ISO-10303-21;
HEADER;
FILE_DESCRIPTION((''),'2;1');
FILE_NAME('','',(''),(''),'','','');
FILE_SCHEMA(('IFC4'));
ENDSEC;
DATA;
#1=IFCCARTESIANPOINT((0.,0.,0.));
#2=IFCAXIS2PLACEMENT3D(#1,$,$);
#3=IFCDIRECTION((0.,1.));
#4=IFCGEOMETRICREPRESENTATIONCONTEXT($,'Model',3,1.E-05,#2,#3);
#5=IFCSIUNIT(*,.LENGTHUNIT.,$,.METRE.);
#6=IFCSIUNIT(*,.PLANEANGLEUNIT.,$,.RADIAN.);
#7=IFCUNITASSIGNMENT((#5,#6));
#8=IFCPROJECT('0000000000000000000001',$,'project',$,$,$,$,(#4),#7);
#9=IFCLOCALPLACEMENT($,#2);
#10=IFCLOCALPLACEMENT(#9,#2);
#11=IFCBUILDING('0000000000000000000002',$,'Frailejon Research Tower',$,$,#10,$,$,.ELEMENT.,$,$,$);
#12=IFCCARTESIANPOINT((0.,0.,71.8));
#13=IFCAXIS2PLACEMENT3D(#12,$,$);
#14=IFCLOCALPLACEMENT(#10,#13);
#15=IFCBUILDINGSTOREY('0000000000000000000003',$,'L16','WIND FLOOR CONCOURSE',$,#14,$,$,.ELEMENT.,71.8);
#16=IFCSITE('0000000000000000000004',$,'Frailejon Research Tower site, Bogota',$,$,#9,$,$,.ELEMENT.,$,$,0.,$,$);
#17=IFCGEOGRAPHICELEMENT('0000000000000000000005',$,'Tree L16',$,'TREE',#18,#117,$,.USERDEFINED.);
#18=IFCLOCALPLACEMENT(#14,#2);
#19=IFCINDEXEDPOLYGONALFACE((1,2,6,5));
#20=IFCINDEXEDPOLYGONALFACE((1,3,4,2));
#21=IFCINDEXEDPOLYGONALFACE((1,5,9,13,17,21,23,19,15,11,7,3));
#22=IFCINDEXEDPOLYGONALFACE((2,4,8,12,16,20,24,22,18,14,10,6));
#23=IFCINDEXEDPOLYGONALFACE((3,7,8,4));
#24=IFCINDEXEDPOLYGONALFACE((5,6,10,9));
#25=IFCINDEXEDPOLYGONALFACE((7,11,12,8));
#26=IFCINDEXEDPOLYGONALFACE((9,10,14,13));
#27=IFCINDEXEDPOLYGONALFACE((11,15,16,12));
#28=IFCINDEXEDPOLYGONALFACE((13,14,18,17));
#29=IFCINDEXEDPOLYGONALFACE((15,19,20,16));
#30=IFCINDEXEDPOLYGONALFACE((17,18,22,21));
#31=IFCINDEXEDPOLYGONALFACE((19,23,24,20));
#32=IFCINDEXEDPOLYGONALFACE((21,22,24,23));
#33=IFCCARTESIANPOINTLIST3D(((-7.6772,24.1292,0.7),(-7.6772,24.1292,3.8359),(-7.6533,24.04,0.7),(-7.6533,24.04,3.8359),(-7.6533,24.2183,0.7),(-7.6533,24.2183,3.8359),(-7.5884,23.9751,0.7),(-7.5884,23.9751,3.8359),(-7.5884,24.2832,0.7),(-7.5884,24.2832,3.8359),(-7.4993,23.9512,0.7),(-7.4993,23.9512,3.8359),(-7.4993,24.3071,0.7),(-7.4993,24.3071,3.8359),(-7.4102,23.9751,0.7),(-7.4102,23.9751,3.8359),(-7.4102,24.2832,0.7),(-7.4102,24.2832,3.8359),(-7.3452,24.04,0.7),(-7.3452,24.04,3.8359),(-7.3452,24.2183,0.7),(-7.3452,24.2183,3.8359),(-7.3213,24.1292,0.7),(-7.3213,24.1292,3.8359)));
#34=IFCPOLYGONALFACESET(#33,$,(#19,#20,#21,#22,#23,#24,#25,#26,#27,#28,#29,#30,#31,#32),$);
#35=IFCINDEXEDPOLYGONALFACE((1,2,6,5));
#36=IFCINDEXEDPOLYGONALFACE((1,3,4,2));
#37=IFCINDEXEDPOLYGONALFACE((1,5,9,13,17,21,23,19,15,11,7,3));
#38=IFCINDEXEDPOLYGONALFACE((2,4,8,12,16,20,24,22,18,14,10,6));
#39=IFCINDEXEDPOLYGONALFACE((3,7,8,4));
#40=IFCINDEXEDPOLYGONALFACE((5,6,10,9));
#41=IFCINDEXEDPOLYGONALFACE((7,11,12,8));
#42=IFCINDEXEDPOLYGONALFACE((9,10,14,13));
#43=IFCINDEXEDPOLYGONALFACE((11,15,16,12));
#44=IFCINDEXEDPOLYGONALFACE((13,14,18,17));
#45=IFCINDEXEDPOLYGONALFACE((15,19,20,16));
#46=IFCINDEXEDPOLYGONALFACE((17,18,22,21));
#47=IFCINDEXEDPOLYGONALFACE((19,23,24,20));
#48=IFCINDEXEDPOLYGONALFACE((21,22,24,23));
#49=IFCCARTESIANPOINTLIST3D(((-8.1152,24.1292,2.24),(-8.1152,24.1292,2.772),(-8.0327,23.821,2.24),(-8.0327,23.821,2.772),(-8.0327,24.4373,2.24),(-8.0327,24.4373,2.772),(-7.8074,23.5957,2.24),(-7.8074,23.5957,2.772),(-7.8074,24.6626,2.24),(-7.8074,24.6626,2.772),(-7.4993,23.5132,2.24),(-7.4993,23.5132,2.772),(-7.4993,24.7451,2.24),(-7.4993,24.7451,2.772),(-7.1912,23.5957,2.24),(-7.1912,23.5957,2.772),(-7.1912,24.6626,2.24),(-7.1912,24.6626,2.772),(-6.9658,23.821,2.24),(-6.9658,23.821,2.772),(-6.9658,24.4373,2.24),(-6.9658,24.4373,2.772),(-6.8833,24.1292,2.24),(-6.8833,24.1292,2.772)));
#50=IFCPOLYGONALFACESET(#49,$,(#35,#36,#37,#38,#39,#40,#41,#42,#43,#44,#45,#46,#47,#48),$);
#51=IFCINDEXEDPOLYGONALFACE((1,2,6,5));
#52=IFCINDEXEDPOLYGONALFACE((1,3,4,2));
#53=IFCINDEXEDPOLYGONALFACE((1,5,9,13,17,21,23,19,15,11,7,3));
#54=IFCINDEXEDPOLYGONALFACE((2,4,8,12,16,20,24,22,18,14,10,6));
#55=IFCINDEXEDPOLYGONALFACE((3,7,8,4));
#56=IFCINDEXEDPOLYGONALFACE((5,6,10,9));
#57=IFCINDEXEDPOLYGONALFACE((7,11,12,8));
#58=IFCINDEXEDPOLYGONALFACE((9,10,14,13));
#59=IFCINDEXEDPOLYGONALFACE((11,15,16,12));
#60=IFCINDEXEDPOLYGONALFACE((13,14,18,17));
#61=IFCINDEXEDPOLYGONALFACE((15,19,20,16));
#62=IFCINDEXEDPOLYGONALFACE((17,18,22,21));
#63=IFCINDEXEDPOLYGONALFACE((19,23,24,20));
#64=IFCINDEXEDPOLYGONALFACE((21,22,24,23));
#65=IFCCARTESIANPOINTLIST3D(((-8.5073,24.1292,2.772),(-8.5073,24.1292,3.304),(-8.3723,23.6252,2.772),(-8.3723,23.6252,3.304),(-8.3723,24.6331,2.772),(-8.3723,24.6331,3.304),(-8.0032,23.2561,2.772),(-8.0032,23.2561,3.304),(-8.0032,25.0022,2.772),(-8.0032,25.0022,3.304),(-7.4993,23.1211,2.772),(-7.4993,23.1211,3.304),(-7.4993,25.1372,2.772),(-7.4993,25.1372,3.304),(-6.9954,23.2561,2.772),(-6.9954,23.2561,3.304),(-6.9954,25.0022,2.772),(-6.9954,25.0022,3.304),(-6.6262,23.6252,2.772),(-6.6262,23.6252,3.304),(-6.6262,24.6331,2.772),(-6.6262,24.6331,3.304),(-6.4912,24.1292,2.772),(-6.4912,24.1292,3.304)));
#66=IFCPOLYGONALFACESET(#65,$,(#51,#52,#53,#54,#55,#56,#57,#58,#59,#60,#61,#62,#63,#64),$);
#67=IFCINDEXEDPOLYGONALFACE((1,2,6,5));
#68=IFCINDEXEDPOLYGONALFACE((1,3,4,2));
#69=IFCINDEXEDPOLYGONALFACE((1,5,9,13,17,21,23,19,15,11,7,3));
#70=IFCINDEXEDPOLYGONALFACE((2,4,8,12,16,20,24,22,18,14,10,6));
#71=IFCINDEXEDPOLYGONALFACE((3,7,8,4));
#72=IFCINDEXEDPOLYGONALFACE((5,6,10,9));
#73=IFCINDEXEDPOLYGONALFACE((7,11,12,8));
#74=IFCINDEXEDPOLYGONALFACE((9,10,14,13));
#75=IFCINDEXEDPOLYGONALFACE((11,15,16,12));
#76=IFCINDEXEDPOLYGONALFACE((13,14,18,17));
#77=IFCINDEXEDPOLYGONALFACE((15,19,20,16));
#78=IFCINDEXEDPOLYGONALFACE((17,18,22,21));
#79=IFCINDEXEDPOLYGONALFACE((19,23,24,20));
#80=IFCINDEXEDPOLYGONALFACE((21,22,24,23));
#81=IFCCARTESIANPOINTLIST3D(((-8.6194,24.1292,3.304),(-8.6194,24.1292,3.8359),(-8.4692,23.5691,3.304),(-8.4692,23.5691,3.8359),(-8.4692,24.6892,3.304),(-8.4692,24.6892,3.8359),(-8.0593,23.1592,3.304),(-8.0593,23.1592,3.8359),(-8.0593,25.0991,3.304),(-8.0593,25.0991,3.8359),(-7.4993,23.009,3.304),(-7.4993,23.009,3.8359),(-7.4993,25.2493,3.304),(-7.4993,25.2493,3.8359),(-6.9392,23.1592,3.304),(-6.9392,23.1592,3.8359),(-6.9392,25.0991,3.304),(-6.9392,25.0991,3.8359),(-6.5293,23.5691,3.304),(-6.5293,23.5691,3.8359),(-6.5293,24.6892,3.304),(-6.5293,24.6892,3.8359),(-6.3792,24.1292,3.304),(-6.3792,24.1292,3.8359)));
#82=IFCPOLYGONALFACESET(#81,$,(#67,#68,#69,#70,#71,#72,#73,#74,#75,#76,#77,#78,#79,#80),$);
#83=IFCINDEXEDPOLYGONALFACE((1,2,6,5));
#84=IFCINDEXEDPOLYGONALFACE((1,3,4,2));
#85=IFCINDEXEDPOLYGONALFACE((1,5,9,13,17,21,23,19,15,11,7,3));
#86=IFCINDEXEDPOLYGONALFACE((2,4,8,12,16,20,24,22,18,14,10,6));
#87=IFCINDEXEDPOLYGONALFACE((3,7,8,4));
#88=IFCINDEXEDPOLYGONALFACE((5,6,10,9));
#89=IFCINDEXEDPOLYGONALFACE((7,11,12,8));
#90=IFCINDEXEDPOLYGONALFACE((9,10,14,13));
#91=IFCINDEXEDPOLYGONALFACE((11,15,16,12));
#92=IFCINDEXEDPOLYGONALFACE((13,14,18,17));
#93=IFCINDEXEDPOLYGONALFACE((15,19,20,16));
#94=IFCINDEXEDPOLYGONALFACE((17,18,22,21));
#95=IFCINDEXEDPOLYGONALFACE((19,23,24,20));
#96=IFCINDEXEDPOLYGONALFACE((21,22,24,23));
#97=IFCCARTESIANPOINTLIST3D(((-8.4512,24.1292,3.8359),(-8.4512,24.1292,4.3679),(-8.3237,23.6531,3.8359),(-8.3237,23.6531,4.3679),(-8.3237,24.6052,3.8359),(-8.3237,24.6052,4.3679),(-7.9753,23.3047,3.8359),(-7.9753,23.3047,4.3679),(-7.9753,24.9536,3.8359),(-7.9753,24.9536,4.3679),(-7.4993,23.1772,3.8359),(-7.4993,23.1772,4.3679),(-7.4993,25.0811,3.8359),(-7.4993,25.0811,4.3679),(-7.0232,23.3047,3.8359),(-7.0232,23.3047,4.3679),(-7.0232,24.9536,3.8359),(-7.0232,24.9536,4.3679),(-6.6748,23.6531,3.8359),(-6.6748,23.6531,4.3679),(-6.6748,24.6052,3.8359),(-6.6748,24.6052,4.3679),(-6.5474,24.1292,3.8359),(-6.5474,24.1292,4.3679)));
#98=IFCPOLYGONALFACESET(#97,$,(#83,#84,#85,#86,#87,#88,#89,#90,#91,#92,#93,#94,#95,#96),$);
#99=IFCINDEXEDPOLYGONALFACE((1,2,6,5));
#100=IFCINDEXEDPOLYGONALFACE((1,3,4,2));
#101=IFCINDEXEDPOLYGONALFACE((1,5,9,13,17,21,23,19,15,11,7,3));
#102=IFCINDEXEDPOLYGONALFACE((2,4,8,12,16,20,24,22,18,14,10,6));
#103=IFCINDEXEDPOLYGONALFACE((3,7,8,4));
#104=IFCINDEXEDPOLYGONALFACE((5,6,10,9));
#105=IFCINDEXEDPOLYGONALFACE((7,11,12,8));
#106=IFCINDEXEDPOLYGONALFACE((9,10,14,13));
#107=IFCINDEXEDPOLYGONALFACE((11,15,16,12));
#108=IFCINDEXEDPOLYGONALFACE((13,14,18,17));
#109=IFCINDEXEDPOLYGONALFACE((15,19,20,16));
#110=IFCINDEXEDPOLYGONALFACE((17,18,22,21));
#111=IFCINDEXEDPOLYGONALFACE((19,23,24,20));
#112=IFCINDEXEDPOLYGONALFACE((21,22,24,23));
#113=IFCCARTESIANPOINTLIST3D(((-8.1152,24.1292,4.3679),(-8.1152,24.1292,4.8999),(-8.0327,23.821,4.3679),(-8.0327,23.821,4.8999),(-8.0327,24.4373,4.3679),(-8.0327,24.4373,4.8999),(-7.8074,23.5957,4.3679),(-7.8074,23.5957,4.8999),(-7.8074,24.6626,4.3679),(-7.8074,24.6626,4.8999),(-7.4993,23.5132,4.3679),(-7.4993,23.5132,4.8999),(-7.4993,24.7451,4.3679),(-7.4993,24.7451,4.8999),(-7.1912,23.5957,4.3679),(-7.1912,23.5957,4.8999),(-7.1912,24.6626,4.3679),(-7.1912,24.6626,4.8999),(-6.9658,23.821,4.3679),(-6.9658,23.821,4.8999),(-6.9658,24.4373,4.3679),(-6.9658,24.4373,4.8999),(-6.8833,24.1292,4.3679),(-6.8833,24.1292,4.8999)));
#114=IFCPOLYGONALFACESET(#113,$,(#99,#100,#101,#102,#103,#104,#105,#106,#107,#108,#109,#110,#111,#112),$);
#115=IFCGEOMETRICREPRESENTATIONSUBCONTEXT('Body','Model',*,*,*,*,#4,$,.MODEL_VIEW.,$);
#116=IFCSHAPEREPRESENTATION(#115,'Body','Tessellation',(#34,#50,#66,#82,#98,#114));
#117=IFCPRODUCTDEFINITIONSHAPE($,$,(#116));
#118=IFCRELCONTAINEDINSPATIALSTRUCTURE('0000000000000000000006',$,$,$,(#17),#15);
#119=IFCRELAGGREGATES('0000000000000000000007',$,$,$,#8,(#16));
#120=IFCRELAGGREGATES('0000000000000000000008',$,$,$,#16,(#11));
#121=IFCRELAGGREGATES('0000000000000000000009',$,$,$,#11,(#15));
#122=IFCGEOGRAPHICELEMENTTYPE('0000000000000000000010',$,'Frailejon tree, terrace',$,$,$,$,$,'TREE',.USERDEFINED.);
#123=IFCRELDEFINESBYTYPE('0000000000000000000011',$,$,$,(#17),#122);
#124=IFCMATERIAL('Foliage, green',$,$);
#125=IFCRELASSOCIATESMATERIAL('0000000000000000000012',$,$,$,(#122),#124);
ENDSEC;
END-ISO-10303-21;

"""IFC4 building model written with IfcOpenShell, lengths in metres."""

from ifc_helpers import new_model, si_unit, direction, frame, origin, place, context, subcontext, project, spatial, polyline, outline, extrude, material, type_object, element, save


model = new_model("IFC4")

# Units and contexts
model_context = context("Model", 3, precision=1e-05, world=origin(), true_north=direction((0.0, 1.0)))
body_context = subcontext(model_context, "Body", "Model", "MODEL_VIEW")
ifc_project = project(units=[si_unit("LENGTHUNIT", "METRE"), si_unit("PLANEANGLEUNIT", "RADIAN")], contexts=[model_context])

# Site, building, storey
site_placement = place(None, origin())
site = spatial("IfcSite", under=ifc_project, at=site_placement, Name="Frailejon Research Tower site, Bogota", CompositionType="ELEMENT", RefElevation=0.0)
building_placement = place(site_placement, origin())
building = spatial("IfcBuilding", under=site, at=building_placement, Name="Frailejon Research Tower", CompositionType="ELEMENT")
storey_placement = place(building_placement, frame((0.0, 0.0, 71.8)))
storey = spatial("IfcBuildingStorey", under=building, at=storey_placement, Name="L16", Description="WIND FLOOR CONCOURSE", CompositionType="ELEMENT", Elevation=71.8)

# Geographic element
ifc_material_1 = material(Name="Foliage, green")
geographic_element_type = type_object("IfcGeographicElementType", Name="Frailejon tree, terrace", ElementType="TREE", PredefinedType="USERDEFINED", material=ifc_material_1)
geographic_element_placement = place(storey_placement, frame((-7.4993, 24.1292, 0.7)))
element("IfcGeographicElement", 1, at=geographic_element_placement, inside=storey, type_object=geographic_element_type, Name="Tree L16", ObjectType="TREE", PredefinedType="USERDEFINED", context=body_context, shape_type="SweptSolid", body=[
    extrude(outline(polyline([(0.178, 0.0), (0.1541, 0.0891), (0.0891, 0.1541), (0.0, 0.178), (-0.0891, 0.1541), (-0.1541, 0.0891), (-0.178, 0.0), (-0.1541, -0.0891), (-0.0891, -0.1541), (0.0, -0.178), (0.0891, -0.1541), (0.1541, -0.0891), (0.178, 0.0)])), origin(), (0.0, 0.0, 1.0), 3.136),
    extrude(outline(polyline([(0.616, 0.0), (0.5334, 0.3081), (0.3081, 0.5334), (0.0, 0.616), (-0.3081, 0.5334), (-0.5334, 0.3081), (-0.616, 0.0), (-0.5334, -0.3081), (-0.3081, -0.5334), (0.0, -0.616), (0.3081, -0.5334), (0.5334, -0.3081), (0.616, 0.0)])), frame((0.0, 0.0, 1.54)), (0.0, 0.0, 1.0), 0.532),
    extrude(outline(polyline([(1.0081, 0.0), (0.873, 0.5039), (0.5039, 0.873), (0.0, 1.0081), (-0.5039, 0.873), (-0.873, 0.5039), (-1.0081, 0.0), (-0.873, -0.5039), (-0.5039, -0.873), (0.0, -1.0081), (0.5039, -0.873), (0.873, -0.5039), (1.0081, 0.0)])), frame((0.0, 0.0, 2.072)), (0.0, 0.0, 1.0), 0.532),
    extrude(outline(polyline([(1.1201, 0.0), (0.97, 0.5601), (0.5601, 0.97), (0.0, 1.1201), (-0.5601, 0.97), (-0.97, 0.5601), (-1.1201, 0.0), (-0.97, -0.5601), (-0.5601, -0.97), (0.0, -1.1201), (0.5601, -0.97), (0.97, -0.5601), (1.1201, 0.0)])), frame((0.0, 0.0, 2.604)), (0.0, 0.0, 1.0), 0.532),
    extrude(outline(polyline([(0.9519, 0.0), (0.8245, 0.4761), (0.4761, 0.8245), (0.0, 0.9519), (-0.4761, 0.8245), (-0.8245, 0.4761), (-0.9519, 0.0), (-0.8245, -0.4761), (-0.4761, -0.8245), (0.0, -0.9519), (0.4761, -0.8245), (0.8245, -0.4761), (0.9519, 0.0)])), frame((0.0, 0.0, 3.136)), (0.0, 0.0, 1.0), 0.532),
    extrude(outline(polyline([(0.616, 0.0), (0.5334, 0.3081), (0.3081, 0.5334), (0.0, 0.616), (-0.3081, 0.5334), (-0.5334, 0.3081), (-0.616, 0.0), (-0.5334, -0.3081), (-0.3081, -0.5334), (0.0, -0.616), (0.3081, -0.5334), (0.5334, -0.3081), (0.616, 0.0)])), frame((0.0, 0.0, 3.668)), (0.0, 0.0, 1.0), 0.532),
])

save(model, "model.ifc")
